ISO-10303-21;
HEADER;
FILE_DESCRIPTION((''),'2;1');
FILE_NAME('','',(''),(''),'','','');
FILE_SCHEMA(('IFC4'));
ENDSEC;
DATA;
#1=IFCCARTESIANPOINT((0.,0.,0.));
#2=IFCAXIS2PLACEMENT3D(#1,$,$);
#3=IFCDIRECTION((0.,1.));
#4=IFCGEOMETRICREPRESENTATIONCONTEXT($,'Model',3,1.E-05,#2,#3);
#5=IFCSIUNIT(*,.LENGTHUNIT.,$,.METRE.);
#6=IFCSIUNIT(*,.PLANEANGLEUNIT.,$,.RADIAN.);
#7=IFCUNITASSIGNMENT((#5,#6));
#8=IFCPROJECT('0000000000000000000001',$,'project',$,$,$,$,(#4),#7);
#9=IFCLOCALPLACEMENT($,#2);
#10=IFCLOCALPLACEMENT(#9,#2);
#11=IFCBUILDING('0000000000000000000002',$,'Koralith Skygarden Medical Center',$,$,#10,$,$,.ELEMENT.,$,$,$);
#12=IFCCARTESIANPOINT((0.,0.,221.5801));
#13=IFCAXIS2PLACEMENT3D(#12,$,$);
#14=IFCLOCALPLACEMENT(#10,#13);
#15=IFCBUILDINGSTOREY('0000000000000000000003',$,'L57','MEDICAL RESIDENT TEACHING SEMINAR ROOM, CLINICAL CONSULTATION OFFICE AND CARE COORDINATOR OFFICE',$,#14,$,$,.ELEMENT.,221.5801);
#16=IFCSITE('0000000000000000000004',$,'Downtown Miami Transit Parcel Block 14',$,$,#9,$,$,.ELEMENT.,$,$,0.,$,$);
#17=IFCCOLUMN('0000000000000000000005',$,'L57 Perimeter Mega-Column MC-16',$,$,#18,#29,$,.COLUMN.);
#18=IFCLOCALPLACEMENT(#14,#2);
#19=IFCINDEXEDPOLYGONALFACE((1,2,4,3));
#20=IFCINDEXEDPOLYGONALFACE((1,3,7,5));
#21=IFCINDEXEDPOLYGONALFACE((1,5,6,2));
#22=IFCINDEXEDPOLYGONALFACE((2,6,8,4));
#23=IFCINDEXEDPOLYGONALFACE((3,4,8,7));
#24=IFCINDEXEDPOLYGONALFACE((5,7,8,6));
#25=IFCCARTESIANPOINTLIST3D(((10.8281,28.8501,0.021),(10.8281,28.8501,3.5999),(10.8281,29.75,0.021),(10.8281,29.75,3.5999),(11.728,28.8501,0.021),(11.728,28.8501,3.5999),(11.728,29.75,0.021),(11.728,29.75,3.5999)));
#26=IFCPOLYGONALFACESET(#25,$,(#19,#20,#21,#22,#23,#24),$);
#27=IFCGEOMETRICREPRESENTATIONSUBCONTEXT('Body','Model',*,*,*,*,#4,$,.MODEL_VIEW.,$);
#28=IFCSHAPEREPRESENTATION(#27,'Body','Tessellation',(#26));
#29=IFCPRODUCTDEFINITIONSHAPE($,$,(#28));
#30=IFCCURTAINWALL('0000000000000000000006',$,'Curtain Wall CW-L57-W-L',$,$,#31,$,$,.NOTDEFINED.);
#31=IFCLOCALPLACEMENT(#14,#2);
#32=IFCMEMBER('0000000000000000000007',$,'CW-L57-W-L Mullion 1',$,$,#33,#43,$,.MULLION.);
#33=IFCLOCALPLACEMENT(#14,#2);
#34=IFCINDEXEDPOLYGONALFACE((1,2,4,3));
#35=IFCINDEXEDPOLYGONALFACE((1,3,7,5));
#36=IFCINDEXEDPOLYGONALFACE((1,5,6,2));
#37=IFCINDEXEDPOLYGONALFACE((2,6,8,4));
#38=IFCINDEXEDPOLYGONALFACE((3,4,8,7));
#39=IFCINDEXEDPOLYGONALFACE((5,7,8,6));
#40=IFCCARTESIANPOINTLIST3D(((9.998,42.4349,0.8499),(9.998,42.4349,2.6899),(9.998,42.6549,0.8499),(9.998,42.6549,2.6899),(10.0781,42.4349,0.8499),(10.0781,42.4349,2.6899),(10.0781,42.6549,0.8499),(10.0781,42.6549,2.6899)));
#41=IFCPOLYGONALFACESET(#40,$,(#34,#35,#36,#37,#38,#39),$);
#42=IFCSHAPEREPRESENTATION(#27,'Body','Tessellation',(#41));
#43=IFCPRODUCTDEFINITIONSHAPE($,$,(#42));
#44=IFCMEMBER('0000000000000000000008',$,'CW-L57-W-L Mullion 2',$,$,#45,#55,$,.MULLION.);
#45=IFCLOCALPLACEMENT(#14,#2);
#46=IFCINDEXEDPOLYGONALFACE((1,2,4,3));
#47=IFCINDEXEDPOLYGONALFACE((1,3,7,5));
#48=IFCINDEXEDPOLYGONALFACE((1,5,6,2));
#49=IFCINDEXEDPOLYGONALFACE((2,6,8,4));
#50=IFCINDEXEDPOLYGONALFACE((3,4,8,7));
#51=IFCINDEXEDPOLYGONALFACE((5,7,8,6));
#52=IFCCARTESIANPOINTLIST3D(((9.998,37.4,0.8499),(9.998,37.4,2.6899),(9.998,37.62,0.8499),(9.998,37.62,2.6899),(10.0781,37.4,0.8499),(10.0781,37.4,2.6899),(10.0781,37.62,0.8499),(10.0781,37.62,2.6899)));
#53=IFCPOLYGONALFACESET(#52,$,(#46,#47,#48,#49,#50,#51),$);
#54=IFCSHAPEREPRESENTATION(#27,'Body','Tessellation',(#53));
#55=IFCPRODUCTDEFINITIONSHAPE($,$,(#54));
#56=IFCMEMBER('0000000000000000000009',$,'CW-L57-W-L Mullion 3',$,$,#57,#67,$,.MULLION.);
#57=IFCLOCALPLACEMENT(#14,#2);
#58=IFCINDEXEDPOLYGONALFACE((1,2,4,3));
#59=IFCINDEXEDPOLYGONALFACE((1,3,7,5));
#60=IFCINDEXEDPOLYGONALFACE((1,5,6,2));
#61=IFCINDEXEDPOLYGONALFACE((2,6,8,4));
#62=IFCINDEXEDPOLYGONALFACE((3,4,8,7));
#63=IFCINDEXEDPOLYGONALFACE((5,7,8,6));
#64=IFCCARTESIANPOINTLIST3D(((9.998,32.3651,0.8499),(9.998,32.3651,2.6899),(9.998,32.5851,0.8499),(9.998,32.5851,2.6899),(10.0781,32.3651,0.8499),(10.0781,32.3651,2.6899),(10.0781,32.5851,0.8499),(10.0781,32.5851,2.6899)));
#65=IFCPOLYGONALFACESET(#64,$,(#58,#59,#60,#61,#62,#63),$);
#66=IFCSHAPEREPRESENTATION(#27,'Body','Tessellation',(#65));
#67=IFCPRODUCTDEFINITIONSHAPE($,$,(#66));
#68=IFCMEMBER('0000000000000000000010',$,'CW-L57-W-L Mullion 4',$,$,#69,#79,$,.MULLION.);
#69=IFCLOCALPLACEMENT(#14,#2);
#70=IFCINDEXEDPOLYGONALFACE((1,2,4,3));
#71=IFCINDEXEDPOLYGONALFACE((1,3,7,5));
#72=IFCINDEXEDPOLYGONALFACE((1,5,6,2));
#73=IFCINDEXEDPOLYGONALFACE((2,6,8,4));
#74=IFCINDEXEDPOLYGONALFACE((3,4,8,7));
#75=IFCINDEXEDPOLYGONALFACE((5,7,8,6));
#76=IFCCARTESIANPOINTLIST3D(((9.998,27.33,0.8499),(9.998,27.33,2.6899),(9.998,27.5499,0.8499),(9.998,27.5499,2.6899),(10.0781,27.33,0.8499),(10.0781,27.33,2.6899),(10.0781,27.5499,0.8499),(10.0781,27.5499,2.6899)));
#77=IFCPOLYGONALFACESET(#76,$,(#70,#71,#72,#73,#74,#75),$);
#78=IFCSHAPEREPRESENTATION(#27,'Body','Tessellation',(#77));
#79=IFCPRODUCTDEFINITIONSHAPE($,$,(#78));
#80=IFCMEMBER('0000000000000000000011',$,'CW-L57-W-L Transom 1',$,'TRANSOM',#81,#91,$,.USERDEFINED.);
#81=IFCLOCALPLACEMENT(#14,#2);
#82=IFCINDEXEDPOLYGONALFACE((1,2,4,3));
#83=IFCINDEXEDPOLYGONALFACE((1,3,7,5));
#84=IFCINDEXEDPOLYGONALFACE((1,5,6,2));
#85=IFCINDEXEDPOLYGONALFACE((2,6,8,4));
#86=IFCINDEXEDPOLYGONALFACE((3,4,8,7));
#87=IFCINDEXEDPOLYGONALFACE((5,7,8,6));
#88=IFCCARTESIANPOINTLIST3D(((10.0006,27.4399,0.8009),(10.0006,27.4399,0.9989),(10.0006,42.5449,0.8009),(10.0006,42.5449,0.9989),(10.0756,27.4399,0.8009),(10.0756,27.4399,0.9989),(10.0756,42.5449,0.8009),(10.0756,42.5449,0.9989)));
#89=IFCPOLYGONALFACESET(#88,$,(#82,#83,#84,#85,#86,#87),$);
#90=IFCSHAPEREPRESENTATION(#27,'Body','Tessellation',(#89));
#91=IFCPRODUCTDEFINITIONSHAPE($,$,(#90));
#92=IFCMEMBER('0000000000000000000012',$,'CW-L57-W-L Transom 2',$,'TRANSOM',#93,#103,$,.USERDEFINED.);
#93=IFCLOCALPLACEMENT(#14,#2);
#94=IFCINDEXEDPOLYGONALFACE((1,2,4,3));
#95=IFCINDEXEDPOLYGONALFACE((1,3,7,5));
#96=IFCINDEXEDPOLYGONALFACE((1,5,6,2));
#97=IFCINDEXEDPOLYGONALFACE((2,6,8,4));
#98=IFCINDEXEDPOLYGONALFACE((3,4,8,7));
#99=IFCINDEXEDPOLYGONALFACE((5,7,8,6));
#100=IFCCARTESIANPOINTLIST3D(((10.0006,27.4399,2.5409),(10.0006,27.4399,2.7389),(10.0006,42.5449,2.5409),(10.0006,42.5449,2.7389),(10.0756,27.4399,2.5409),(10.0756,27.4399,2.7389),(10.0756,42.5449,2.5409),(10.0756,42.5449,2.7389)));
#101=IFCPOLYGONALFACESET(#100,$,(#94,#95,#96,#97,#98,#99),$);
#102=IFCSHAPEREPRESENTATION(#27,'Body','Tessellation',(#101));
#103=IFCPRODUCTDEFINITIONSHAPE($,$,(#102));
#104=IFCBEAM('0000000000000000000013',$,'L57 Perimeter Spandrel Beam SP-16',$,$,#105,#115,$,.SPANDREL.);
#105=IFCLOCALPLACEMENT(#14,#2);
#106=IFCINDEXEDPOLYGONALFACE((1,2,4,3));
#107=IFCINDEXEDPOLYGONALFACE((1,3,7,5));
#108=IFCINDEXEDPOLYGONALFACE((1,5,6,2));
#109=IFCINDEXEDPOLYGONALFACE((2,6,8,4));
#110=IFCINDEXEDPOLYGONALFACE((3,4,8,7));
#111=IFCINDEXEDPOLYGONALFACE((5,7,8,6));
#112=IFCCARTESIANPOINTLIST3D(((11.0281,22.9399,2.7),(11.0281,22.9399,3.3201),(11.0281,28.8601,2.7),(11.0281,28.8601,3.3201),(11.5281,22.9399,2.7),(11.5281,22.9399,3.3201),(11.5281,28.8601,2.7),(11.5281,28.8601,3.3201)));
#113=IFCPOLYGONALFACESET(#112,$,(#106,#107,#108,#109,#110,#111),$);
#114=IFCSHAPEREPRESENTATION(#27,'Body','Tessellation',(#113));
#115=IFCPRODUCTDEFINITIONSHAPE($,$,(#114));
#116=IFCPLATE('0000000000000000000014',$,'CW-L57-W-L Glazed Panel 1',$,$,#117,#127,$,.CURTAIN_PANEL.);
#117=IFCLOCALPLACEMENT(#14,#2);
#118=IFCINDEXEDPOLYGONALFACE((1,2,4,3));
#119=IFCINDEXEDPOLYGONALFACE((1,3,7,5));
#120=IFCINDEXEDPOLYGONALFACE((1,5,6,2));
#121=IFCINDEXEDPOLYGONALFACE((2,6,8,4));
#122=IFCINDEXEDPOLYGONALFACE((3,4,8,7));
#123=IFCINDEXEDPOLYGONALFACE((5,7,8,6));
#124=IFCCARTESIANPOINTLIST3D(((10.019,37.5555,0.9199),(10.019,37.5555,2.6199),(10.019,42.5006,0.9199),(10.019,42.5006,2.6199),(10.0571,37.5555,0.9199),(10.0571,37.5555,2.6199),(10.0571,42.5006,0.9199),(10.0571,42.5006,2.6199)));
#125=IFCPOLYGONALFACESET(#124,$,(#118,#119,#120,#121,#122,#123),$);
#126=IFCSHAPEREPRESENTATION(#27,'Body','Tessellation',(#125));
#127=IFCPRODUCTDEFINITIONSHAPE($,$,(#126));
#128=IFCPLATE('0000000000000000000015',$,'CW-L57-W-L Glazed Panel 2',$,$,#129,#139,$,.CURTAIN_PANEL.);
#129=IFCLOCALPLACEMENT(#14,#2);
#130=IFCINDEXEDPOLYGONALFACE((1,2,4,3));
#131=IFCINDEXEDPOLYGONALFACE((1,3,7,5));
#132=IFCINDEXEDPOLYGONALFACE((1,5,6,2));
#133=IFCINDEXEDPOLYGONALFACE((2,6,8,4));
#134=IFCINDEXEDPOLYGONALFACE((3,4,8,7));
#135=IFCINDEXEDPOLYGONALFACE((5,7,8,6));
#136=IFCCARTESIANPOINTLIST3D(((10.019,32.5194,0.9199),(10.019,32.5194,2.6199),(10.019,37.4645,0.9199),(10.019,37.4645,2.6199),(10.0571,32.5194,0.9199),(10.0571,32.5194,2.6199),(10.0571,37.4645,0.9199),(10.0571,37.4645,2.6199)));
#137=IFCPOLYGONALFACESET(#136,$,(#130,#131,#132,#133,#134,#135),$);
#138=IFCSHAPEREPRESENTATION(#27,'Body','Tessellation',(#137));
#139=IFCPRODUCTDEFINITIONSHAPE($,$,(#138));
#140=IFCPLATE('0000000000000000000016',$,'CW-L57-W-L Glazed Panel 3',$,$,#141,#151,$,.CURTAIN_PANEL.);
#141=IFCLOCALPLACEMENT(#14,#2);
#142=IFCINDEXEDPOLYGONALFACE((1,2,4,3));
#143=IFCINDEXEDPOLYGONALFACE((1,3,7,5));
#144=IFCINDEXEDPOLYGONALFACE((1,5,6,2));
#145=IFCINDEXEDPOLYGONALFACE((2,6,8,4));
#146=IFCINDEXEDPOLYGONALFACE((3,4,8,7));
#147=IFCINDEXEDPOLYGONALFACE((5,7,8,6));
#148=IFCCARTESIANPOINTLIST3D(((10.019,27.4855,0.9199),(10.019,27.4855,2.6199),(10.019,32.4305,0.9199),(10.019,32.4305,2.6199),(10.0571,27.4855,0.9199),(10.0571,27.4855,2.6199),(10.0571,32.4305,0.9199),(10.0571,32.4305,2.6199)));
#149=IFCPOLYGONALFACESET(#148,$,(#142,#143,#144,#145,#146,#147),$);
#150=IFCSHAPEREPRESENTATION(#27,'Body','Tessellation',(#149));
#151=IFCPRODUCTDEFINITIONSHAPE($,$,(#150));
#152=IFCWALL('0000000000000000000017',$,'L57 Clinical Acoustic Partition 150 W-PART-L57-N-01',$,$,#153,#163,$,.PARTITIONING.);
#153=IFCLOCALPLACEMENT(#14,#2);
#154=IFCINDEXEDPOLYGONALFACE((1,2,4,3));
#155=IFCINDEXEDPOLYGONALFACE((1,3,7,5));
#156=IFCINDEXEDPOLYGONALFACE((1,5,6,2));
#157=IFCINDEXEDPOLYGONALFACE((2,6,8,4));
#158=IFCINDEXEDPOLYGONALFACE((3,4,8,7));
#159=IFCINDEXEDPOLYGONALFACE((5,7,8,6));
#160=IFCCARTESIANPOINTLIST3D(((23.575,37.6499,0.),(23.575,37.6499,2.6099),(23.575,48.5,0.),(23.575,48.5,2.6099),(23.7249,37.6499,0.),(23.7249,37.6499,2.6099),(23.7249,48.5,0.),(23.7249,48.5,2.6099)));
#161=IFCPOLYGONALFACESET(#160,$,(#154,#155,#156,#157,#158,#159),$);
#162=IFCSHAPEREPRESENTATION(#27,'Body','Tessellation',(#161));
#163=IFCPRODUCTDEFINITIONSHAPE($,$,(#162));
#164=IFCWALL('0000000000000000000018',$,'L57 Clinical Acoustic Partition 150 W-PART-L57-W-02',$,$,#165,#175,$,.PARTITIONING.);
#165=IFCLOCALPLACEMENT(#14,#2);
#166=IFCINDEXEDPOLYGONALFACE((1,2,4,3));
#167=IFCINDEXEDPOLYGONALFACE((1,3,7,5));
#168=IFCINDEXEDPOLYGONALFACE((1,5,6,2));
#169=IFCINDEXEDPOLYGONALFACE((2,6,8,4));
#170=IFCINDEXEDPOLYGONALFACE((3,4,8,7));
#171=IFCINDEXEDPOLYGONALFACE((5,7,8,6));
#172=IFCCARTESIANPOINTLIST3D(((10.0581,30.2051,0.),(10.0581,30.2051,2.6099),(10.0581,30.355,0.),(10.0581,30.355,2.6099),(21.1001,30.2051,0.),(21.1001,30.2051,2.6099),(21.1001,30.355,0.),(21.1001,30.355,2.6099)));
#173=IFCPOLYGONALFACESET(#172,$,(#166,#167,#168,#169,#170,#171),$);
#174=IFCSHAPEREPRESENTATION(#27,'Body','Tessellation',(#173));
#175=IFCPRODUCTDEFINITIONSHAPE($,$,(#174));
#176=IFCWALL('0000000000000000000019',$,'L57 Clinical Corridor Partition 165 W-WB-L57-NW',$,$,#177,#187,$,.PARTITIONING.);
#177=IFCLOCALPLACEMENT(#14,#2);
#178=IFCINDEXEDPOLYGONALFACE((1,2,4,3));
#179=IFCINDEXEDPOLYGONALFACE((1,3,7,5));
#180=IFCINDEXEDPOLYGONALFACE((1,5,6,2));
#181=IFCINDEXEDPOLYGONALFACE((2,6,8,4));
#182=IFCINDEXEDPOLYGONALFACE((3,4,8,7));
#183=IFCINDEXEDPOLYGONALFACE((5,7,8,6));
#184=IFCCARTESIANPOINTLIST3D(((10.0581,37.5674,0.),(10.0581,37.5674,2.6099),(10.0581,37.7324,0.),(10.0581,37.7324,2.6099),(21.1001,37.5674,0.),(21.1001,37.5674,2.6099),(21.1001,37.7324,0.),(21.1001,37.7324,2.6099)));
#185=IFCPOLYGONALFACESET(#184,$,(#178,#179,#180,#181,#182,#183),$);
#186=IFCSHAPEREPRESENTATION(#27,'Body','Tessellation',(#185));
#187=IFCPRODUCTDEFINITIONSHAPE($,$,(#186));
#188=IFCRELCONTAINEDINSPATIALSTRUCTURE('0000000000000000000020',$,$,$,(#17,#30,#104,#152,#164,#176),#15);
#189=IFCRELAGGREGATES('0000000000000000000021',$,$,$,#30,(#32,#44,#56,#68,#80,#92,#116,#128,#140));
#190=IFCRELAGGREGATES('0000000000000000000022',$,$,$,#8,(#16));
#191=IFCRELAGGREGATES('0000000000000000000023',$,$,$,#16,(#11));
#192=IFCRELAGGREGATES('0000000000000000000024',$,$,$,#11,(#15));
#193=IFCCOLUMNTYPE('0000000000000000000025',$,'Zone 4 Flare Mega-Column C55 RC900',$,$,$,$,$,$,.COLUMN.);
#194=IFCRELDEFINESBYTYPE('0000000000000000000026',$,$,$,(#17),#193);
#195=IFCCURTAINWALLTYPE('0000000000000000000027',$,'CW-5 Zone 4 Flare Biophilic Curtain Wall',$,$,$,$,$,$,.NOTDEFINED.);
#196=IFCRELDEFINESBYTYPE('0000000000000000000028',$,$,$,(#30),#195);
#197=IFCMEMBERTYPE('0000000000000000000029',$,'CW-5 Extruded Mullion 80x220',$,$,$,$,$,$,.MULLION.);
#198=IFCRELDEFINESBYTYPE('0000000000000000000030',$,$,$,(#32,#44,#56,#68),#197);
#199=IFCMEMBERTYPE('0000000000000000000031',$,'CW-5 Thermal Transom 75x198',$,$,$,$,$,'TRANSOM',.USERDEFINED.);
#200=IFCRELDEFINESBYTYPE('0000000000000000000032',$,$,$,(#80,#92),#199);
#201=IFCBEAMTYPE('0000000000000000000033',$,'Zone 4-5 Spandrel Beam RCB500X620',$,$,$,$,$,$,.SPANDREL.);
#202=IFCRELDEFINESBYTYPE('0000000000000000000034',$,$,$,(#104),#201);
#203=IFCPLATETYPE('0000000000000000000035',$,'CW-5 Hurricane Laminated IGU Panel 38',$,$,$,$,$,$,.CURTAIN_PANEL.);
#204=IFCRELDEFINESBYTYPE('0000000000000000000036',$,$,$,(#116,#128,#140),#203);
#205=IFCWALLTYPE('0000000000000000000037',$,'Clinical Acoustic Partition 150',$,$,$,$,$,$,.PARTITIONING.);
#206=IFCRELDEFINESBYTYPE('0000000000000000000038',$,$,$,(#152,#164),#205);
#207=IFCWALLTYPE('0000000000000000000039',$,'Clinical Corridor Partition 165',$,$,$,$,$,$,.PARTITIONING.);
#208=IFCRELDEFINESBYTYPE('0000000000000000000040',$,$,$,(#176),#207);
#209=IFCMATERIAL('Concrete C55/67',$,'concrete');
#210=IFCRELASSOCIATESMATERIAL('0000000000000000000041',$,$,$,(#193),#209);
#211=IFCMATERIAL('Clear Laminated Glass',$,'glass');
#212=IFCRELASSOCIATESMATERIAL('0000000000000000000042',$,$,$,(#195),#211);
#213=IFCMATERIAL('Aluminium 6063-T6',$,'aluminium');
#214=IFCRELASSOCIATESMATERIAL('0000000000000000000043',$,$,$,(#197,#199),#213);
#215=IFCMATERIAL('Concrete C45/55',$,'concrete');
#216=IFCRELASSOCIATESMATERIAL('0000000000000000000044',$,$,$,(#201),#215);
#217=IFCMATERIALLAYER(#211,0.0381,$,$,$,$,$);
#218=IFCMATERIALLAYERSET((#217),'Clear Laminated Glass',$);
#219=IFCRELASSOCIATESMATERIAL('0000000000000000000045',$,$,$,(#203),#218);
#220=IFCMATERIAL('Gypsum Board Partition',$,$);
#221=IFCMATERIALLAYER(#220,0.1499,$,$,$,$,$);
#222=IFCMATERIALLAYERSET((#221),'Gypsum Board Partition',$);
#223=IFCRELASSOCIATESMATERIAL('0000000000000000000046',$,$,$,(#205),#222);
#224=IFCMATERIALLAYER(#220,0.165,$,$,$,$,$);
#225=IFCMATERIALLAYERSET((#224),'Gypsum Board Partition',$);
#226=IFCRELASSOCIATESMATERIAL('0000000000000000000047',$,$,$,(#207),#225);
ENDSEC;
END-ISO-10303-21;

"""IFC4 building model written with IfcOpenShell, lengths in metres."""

from ifc_helpers import new_model, si_unit, direction, frame, frame_2d, origin, origin_2d, place, context, subcontext, project, spatial, rectangle, extrude, material, layer, layer_set, material_profile, profile_set, type_object, element, aggregate, save


model = new_model("IFC4")

# Units and contexts
model_context = context("Model", 3, precision=1e-05, world=origin(), true_north=direction((0.0, 1.0)))
body_context = subcontext(model_context, "Body", "Model", "MODEL_VIEW")
ifc_project = project(units=[si_unit("LENGTHUNIT", "METRE"), si_unit("PLANEANGLEUNIT", "RADIAN")], contexts=[model_context])

# Site, building, storey
site_placement = place(None, origin())
site = spatial("IfcSite", under=ifc_project, at=site_placement, Name="Downtown Miami Transit Parcel Block 14", CompositionType="ELEMENT", RefElevation=0.0)
building_placement = place(site_placement, origin())
building = spatial("IfcBuilding", under=site, at=building_placement, Name="Koralith Skygarden Medical Center", CompositionType="ELEMENT")
storey_placement = place(building_placement, frame((0.0, 0.0, 221.5801)))
storey = spatial("IfcBuildingStorey", under=building, at=storey_placement, Name="L57", Description="MEDICAL RESIDENT TEACHING SEMINAR ROOM, CLINICAL CONSULTATION OFFICE AND CARE COORDINATOR OFFICE", CompositionType="ELEMENT", Elevation=221.5801)

# Column
ifc_material_1 = material(Name="Concrete C55/67", Category="concrete")
ifc_material_profile_1 = material_profile(ifc_material_1, rectangle(XDim=0.8999, YDim=0.8999, at=origin_2d()), Name="RC900X900")
ifc_profile_set_1 = profile_set([ifc_material_profile_1], Name="Concrete C55/67")
column_type = type_object("IfcColumnType", Name="Zone 4 Flare Mega-Column C55 RC900", PredefinedType="COLUMN", material=ifc_profile_set_1)
column_placement = place(storey_placement, frame((11.2781, 29.3, 0.021), z_axis=(0.0, 0.0, 1.0), x_axis=(1.0, 0.0, 0.0)))
element("IfcColumn", 1, at=column_placement, inside=storey, type_object=column_type, Name="L57 Perimeter Mega-Column MC-16", PredefinedType="COLUMN", context=body_context, shape_type="SweptSolid", body=[
    extrude(rectangle(XDim=0.8999, YDim=0.8999, at=origin_2d()), origin(), (0.0, 0.0, 1.0), 3.5789),
])

# Curtain wall, members
ifc_material_2 = material(Name="Clear Laminated Glass", Category="glass")
curtain_wall_type = type_object("IfcCurtainWallType", Name="CW-5 Zone 4 Flare Biophilic Curtain Wall", PredefinedType="NOTDEFINED", material=ifc_material_2)
curtain_wall_placement = place(storey_placement, origin())
curtain_wall = element("IfcCurtainWall", 2, at=curtain_wall_placement, inside=storey, type_object=curtain_wall_type, Name="Curtain Wall CW-L57-W-L", PredefinedType="NOTDEFINED")
ifc_material_3 = material(Name="Aluminium 6063-T6", Category="aluminium")
ifc_material_profile_2 = material_profile(ifc_material_3, rectangle(XDim=0.0801, YDim=0.22, at=origin_2d()), Name="MUL80X220")
ifc_profile_set_2 = profile_set([ifc_material_profile_2], Name="Aluminium 6063-T6")
member_type_1 = type_object("IfcMemberType", Name="CW-5 Extruded Mullion 80x220", PredefinedType="MULLION", material=ifc_profile_set_2)
member_1_placement = place(storey_placement, frame((10.0381, 42.5449, 0.8499), z_axis=(0.0, 0.0, 1.0), x_axis=(1.0, 0.0, 0.0)))
member_1 = element("IfcMember", 3, at=member_1_placement, type_object=member_type_1, Name="CW-L57-W-L Mullion 1", PredefinedType="MULLION", context=body_context, shape_type="SweptSolid", body=[
    extrude(rectangle(XDim=0.0801, YDim=0.22, at=origin_2d()), origin(), (0.0, 0.0, 1.0), 1.8401),
])
member_2_placement = place(storey_placement, frame((10.0381, 37.51, 0.8499), z_axis=(0.0, 0.0, 1.0), x_axis=(1.0, 0.0, 0.0)))
member_2 = element("IfcMember", 4, at=member_2_placement, type_object=member_type_1, Name="CW-L57-W-L Mullion 2", PredefinedType="MULLION", context=body_context, shape_type="SweptSolid", body=[
    extrude(rectangle(XDim=0.0801, YDim=0.22, at=origin_2d()), origin(), (0.0, 0.0, 1.0), 1.8401),
])
member_3_placement = place(storey_placement, frame((10.0381, 32.4751, 0.8499), z_axis=(0.0, 0.0, 1.0), x_axis=(1.0, 0.0, 0.0)))
member_3 = element("IfcMember", 5, at=member_3_placement, type_object=member_type_1, Name="CW-L57-W-L Mullion 3", PredefinedType="MULLION", context=body_context, shape_type="SweptSolid", body=[
    extrude(rectangle(XDim=0.0801, YDim=0.22, at=origin_2d()), origin(), (0.0, 0.0, 1.0), 1.8401),
])
member_4_placement = place(storey_placement, frame((10.0381, 27.4399, 0.8499), z_axis=(0.0, 0.0, 1.0), x_axis=(1.0, 0.0, 0.0)))
member_4 = element("IfcMember", 6, at=member_4_placement, type_object=member_type_1, Name="CW-L57-W-L Mullion 4", PredefinedType="MULLION", context=body_context, shape_type="SweptSolid", body=[
    extrude(rectangle(XDim=0.0801, YDim=0.22, at=origin_2d()), origin(), (0.0, 0.0, 1.0), 1.8401),
])
ifc_material_profile_3 = material_profile(ifc_material_3, rectangle(XDim=0.075, YDim=0.198, at=origin_2d()), Name="TRN75X198")
ifc_profile_set_3 = profile_set([ifc_material_profile_3], Name="Aluminium 6063-T6")
member_type_2 = type_object("IfcMemberType", Name="CW-5 Thermal Transom 75x198", ElementType="TRANSOM", PredefinedType="USERDEFINED", material=ifc_profile_set_3)
member_5_placement = place(storey_placement, frame((10.0381, 42.5449, 0.8999), z_axis=(0.0, -1.0, 0.0), x_axis=(1.0, 0.0, 0.0)))
member_5 = element("IfcMember", 7, at=member_5_placement, type_object=member_type_2, Name="CW-L57-W-L Transom 1", ObjectType="TRANSOM", PredefinedType="USERDEFINED", context=body_context, shape_type="SweptSolid", body=[
    extrude(rectangle(XDim=0.075, YDim=0.198, at=origin_2d()), origin(), (0.0, 0.0, 1.0), 15.105),
])
member_6_placement = place(storey_placement, frame((10.0381, 42.5449, 2.6399), z_axis=(0.0, -1.0, 0.0), x_axis=(1.0, 0.0, 0.0)))
member_6 = element("IfcMember", 8, at=member_6_placement, type_object=member_type_2, Name="CW-L57-W-L Transom 2", ObjectType="TRANSOM", PredefinedType="USERDEFINED", context=body_context, shape_type="SweptSolid", body=[
    extrude(rectangle(XDim=0.075, YDim=0.198, at=origin_2d()), origin(), (0.0, 0.0, 1.0), 15.105),
])

# Beam
ifc_material_4 = material(Name="Concrete C45/55", Category="concrete")
ifc_material_profile_4 = material_profile(ifc_material_4, rectangle(XDim=0.5, YDim=0.6201, at=origin_2d()), Name="RCB500X620")
ifc_profile_set_4 = profile_set([ifc_material_profile_4], Name="Concrete C45/55")
beam_type = type_object("IfcBeamType", Name="Zone 4-5 Spandrel Beam RCB500X620", PredefinedType="SPANDREL", material=ifc_profile_set_4)
beam_placement = place(storey_placement, frame((11.2781, 28.8601, 3.01), z_axis=(0.0, -1.0, 0.0), x_axis=(1.0, 0.0, 0.0)))
element("IfcBeam", 9, at=beam_placement, inside=storey, type_object=beam_type, Name="L57 Perimeter Spandrel Beam SP-16", PredefinedType="SPANDREL", context=body_context, shape_type="SweptSolid", body=[
    extrude(rectangle(XDim=0.5, YDim=0.6201, at=origin_2d()), origin(), (0.0, 0.0, 1.0), 5.9202),
])

# Plates
ifc_layer_1 = layer(ifc_material_2, 0.0381)
ifc_layer_set_1 = layer_set([ifc_layer_1], Name="Clear Laminated Glass")
plate_type = type_object("IfcPlateType", Name="CW-5 Hurricane Laminated IGU Panel 38", PredefinedType="CURTAIN_PANEL", material=ifc_layer_set_1)
plate_1_placement = place(storey_placement, frame((10.0381, 40.0281, 0.9199), z_axis=(0.0, 0.0, 1.0), x_axis=(0.0, -1.0, 0.0)))
plate_1 = element("IfcPlate", 10, at=plate_1_placement, type_object=plate_type, Name="CW-L57-W-L Glazed Panel 1", PredefinedType="CURTAIN_PANEL", context=body_context, shape_type="SweptSolid", body=[
    extrude(rectangle(XDim=4.9451, YDim=0.0381, at=origin_2d()), origin(), (0.0, 0.0, 1.0), 1.7),
])
plate_2_placement = place(storey_placement, frame((10.0381, 34.9919, 0.9199), z_axis=(0.0, 0.0, 1.0), x_axis=(0.0, -1.0, 0.0)))
plate_2 = element("IfcPlate", 11, at=plate_2_placement, type_object=plate_type, Name="CW-L57-W-L Glazed Panel 2", PredefinedType="CURTAIN_PANEL", context=body_context, shape_type="SweptSolid", body=[
    extrude(rectangle(XDim=4.9451, YDim=0.0381, at=origin_2d()), origin(), (0.0, 0.0, 1.0), 1.7),
])
plate_3_placement = place(storey_placement, frame((10.0381, 29.958, 0.9199), z_axis=(0.0, 0.0, 1.0), x_axis=(0.0, -1.0, 0.0)))
plate_3 = element("IfcPlate", 12, at=plate_3_placement, type_object=plate_type, Name="CW-L57-W-L Glazed Panel 3", PredefinedType="CURTAIN_PANEL", context=body_context, shape_type="SweptSolid", body=[
    extrude(rectangle(XDim=4.9451, YDim=0.0381, at=origin_2d()), origin(), (0.0, 0.0, 1.0), 1.7),
])
aggregate(curtain_wall, [member_1, member_2, member_3, member_4, member_5, member_6, plate_1, plate_2, plate_3])

# Walls
ifc_material_5 = material(Name="Gypsum Board Partition")
ifc_layer_2 = layer(ifc_material_5, 0.1499)
ifc_layer_set_2 = layer_set([ifc_layer_2], Name="Gypsum Board Partition")
wall_type_1 = type_object("IfcWallType", Name="Clinical Acoustic Partition 150", PredefinedType="PARTITIONING", material=ifc_layer_set_2)
wall_1_placement = place(storey_placement, frame((23.6499, 37.6499, 0.0), z_axis=(0.0, 0.0, 1.0), x_axis=(0.0, 1.0, 0.0)))
element("IfcWall", 13, at=wall_1_placement, inside=storey, type_object=wall_type_1, Name="L57 Clinical Acoustic Partition 150 W-PART-L57-N-01", PredefinedType="PARTITIONING", context=body_context, shape_type="SweptSolid", body=[
    extrude(rectangle(XDim=10.8501, YDim=0.1499, at=frame_2d((5.425, 0.0))), origin(), (0.0, 0.0, 1.0), 2.6099),
])
wall_2_placement = place(storey_placement, frame((21.1001, 30.28, 0.0), z_axis=(0.0, 0.0, 1.0), x_axis=(-1.0, 0.0, 0.0)))
element("IfcWall", 14, at=wall_2_placement, inside=storey, type_object=wall_type_1, Name="L57 Clinical Acoustic Partition 150 W-PART-L57-W-02", PredefinedType="PARTITIONING", context=body_context, shape_type="SweptSolid", body=[
    extrude(rectangle(XDim=11.042, YDim=0.1499, at=frame_2d((5.521, 0.0))), origin(), (0.0, 0.0, 1.0), 2.6099),
])
ifc_layer_3 = layer(ifc_material_5, 0.165)
ifc_layer_set_3 = layer_set([ifc_layer_3], Name="Gypsum Board Partition")
wall_type_2 = type_object("IfcWallType", Name="Clinical Corridor Partition 165", PredefinedType="PARTITIONING", material=ifc_layer_set_3)
wall_3_placement = place(storey_placement, frame((10.0581, 37.6499, 0.0), z_axis=(0.0, 0.0, 1.0), x_axis=(1.0, 0.0, 0.0)))
element("IfcWall", 15, at=wall_3_placement, inside=storey, type_object=wall_type_2, Name="L57 Clinical Corridor Partition 165 W-WB-L57-NW", PredefinedType="PARTITIONING", context=body_context, shape_type="SweptSolid", body=[
    extrude(rectangle(XDim=11.042, YDim=0.165, at=frame_2d((5.521, 0.0))), origin(), (0.0, 0.0, 1.0), 2.6099),
])

save(model, "model.ifc")
